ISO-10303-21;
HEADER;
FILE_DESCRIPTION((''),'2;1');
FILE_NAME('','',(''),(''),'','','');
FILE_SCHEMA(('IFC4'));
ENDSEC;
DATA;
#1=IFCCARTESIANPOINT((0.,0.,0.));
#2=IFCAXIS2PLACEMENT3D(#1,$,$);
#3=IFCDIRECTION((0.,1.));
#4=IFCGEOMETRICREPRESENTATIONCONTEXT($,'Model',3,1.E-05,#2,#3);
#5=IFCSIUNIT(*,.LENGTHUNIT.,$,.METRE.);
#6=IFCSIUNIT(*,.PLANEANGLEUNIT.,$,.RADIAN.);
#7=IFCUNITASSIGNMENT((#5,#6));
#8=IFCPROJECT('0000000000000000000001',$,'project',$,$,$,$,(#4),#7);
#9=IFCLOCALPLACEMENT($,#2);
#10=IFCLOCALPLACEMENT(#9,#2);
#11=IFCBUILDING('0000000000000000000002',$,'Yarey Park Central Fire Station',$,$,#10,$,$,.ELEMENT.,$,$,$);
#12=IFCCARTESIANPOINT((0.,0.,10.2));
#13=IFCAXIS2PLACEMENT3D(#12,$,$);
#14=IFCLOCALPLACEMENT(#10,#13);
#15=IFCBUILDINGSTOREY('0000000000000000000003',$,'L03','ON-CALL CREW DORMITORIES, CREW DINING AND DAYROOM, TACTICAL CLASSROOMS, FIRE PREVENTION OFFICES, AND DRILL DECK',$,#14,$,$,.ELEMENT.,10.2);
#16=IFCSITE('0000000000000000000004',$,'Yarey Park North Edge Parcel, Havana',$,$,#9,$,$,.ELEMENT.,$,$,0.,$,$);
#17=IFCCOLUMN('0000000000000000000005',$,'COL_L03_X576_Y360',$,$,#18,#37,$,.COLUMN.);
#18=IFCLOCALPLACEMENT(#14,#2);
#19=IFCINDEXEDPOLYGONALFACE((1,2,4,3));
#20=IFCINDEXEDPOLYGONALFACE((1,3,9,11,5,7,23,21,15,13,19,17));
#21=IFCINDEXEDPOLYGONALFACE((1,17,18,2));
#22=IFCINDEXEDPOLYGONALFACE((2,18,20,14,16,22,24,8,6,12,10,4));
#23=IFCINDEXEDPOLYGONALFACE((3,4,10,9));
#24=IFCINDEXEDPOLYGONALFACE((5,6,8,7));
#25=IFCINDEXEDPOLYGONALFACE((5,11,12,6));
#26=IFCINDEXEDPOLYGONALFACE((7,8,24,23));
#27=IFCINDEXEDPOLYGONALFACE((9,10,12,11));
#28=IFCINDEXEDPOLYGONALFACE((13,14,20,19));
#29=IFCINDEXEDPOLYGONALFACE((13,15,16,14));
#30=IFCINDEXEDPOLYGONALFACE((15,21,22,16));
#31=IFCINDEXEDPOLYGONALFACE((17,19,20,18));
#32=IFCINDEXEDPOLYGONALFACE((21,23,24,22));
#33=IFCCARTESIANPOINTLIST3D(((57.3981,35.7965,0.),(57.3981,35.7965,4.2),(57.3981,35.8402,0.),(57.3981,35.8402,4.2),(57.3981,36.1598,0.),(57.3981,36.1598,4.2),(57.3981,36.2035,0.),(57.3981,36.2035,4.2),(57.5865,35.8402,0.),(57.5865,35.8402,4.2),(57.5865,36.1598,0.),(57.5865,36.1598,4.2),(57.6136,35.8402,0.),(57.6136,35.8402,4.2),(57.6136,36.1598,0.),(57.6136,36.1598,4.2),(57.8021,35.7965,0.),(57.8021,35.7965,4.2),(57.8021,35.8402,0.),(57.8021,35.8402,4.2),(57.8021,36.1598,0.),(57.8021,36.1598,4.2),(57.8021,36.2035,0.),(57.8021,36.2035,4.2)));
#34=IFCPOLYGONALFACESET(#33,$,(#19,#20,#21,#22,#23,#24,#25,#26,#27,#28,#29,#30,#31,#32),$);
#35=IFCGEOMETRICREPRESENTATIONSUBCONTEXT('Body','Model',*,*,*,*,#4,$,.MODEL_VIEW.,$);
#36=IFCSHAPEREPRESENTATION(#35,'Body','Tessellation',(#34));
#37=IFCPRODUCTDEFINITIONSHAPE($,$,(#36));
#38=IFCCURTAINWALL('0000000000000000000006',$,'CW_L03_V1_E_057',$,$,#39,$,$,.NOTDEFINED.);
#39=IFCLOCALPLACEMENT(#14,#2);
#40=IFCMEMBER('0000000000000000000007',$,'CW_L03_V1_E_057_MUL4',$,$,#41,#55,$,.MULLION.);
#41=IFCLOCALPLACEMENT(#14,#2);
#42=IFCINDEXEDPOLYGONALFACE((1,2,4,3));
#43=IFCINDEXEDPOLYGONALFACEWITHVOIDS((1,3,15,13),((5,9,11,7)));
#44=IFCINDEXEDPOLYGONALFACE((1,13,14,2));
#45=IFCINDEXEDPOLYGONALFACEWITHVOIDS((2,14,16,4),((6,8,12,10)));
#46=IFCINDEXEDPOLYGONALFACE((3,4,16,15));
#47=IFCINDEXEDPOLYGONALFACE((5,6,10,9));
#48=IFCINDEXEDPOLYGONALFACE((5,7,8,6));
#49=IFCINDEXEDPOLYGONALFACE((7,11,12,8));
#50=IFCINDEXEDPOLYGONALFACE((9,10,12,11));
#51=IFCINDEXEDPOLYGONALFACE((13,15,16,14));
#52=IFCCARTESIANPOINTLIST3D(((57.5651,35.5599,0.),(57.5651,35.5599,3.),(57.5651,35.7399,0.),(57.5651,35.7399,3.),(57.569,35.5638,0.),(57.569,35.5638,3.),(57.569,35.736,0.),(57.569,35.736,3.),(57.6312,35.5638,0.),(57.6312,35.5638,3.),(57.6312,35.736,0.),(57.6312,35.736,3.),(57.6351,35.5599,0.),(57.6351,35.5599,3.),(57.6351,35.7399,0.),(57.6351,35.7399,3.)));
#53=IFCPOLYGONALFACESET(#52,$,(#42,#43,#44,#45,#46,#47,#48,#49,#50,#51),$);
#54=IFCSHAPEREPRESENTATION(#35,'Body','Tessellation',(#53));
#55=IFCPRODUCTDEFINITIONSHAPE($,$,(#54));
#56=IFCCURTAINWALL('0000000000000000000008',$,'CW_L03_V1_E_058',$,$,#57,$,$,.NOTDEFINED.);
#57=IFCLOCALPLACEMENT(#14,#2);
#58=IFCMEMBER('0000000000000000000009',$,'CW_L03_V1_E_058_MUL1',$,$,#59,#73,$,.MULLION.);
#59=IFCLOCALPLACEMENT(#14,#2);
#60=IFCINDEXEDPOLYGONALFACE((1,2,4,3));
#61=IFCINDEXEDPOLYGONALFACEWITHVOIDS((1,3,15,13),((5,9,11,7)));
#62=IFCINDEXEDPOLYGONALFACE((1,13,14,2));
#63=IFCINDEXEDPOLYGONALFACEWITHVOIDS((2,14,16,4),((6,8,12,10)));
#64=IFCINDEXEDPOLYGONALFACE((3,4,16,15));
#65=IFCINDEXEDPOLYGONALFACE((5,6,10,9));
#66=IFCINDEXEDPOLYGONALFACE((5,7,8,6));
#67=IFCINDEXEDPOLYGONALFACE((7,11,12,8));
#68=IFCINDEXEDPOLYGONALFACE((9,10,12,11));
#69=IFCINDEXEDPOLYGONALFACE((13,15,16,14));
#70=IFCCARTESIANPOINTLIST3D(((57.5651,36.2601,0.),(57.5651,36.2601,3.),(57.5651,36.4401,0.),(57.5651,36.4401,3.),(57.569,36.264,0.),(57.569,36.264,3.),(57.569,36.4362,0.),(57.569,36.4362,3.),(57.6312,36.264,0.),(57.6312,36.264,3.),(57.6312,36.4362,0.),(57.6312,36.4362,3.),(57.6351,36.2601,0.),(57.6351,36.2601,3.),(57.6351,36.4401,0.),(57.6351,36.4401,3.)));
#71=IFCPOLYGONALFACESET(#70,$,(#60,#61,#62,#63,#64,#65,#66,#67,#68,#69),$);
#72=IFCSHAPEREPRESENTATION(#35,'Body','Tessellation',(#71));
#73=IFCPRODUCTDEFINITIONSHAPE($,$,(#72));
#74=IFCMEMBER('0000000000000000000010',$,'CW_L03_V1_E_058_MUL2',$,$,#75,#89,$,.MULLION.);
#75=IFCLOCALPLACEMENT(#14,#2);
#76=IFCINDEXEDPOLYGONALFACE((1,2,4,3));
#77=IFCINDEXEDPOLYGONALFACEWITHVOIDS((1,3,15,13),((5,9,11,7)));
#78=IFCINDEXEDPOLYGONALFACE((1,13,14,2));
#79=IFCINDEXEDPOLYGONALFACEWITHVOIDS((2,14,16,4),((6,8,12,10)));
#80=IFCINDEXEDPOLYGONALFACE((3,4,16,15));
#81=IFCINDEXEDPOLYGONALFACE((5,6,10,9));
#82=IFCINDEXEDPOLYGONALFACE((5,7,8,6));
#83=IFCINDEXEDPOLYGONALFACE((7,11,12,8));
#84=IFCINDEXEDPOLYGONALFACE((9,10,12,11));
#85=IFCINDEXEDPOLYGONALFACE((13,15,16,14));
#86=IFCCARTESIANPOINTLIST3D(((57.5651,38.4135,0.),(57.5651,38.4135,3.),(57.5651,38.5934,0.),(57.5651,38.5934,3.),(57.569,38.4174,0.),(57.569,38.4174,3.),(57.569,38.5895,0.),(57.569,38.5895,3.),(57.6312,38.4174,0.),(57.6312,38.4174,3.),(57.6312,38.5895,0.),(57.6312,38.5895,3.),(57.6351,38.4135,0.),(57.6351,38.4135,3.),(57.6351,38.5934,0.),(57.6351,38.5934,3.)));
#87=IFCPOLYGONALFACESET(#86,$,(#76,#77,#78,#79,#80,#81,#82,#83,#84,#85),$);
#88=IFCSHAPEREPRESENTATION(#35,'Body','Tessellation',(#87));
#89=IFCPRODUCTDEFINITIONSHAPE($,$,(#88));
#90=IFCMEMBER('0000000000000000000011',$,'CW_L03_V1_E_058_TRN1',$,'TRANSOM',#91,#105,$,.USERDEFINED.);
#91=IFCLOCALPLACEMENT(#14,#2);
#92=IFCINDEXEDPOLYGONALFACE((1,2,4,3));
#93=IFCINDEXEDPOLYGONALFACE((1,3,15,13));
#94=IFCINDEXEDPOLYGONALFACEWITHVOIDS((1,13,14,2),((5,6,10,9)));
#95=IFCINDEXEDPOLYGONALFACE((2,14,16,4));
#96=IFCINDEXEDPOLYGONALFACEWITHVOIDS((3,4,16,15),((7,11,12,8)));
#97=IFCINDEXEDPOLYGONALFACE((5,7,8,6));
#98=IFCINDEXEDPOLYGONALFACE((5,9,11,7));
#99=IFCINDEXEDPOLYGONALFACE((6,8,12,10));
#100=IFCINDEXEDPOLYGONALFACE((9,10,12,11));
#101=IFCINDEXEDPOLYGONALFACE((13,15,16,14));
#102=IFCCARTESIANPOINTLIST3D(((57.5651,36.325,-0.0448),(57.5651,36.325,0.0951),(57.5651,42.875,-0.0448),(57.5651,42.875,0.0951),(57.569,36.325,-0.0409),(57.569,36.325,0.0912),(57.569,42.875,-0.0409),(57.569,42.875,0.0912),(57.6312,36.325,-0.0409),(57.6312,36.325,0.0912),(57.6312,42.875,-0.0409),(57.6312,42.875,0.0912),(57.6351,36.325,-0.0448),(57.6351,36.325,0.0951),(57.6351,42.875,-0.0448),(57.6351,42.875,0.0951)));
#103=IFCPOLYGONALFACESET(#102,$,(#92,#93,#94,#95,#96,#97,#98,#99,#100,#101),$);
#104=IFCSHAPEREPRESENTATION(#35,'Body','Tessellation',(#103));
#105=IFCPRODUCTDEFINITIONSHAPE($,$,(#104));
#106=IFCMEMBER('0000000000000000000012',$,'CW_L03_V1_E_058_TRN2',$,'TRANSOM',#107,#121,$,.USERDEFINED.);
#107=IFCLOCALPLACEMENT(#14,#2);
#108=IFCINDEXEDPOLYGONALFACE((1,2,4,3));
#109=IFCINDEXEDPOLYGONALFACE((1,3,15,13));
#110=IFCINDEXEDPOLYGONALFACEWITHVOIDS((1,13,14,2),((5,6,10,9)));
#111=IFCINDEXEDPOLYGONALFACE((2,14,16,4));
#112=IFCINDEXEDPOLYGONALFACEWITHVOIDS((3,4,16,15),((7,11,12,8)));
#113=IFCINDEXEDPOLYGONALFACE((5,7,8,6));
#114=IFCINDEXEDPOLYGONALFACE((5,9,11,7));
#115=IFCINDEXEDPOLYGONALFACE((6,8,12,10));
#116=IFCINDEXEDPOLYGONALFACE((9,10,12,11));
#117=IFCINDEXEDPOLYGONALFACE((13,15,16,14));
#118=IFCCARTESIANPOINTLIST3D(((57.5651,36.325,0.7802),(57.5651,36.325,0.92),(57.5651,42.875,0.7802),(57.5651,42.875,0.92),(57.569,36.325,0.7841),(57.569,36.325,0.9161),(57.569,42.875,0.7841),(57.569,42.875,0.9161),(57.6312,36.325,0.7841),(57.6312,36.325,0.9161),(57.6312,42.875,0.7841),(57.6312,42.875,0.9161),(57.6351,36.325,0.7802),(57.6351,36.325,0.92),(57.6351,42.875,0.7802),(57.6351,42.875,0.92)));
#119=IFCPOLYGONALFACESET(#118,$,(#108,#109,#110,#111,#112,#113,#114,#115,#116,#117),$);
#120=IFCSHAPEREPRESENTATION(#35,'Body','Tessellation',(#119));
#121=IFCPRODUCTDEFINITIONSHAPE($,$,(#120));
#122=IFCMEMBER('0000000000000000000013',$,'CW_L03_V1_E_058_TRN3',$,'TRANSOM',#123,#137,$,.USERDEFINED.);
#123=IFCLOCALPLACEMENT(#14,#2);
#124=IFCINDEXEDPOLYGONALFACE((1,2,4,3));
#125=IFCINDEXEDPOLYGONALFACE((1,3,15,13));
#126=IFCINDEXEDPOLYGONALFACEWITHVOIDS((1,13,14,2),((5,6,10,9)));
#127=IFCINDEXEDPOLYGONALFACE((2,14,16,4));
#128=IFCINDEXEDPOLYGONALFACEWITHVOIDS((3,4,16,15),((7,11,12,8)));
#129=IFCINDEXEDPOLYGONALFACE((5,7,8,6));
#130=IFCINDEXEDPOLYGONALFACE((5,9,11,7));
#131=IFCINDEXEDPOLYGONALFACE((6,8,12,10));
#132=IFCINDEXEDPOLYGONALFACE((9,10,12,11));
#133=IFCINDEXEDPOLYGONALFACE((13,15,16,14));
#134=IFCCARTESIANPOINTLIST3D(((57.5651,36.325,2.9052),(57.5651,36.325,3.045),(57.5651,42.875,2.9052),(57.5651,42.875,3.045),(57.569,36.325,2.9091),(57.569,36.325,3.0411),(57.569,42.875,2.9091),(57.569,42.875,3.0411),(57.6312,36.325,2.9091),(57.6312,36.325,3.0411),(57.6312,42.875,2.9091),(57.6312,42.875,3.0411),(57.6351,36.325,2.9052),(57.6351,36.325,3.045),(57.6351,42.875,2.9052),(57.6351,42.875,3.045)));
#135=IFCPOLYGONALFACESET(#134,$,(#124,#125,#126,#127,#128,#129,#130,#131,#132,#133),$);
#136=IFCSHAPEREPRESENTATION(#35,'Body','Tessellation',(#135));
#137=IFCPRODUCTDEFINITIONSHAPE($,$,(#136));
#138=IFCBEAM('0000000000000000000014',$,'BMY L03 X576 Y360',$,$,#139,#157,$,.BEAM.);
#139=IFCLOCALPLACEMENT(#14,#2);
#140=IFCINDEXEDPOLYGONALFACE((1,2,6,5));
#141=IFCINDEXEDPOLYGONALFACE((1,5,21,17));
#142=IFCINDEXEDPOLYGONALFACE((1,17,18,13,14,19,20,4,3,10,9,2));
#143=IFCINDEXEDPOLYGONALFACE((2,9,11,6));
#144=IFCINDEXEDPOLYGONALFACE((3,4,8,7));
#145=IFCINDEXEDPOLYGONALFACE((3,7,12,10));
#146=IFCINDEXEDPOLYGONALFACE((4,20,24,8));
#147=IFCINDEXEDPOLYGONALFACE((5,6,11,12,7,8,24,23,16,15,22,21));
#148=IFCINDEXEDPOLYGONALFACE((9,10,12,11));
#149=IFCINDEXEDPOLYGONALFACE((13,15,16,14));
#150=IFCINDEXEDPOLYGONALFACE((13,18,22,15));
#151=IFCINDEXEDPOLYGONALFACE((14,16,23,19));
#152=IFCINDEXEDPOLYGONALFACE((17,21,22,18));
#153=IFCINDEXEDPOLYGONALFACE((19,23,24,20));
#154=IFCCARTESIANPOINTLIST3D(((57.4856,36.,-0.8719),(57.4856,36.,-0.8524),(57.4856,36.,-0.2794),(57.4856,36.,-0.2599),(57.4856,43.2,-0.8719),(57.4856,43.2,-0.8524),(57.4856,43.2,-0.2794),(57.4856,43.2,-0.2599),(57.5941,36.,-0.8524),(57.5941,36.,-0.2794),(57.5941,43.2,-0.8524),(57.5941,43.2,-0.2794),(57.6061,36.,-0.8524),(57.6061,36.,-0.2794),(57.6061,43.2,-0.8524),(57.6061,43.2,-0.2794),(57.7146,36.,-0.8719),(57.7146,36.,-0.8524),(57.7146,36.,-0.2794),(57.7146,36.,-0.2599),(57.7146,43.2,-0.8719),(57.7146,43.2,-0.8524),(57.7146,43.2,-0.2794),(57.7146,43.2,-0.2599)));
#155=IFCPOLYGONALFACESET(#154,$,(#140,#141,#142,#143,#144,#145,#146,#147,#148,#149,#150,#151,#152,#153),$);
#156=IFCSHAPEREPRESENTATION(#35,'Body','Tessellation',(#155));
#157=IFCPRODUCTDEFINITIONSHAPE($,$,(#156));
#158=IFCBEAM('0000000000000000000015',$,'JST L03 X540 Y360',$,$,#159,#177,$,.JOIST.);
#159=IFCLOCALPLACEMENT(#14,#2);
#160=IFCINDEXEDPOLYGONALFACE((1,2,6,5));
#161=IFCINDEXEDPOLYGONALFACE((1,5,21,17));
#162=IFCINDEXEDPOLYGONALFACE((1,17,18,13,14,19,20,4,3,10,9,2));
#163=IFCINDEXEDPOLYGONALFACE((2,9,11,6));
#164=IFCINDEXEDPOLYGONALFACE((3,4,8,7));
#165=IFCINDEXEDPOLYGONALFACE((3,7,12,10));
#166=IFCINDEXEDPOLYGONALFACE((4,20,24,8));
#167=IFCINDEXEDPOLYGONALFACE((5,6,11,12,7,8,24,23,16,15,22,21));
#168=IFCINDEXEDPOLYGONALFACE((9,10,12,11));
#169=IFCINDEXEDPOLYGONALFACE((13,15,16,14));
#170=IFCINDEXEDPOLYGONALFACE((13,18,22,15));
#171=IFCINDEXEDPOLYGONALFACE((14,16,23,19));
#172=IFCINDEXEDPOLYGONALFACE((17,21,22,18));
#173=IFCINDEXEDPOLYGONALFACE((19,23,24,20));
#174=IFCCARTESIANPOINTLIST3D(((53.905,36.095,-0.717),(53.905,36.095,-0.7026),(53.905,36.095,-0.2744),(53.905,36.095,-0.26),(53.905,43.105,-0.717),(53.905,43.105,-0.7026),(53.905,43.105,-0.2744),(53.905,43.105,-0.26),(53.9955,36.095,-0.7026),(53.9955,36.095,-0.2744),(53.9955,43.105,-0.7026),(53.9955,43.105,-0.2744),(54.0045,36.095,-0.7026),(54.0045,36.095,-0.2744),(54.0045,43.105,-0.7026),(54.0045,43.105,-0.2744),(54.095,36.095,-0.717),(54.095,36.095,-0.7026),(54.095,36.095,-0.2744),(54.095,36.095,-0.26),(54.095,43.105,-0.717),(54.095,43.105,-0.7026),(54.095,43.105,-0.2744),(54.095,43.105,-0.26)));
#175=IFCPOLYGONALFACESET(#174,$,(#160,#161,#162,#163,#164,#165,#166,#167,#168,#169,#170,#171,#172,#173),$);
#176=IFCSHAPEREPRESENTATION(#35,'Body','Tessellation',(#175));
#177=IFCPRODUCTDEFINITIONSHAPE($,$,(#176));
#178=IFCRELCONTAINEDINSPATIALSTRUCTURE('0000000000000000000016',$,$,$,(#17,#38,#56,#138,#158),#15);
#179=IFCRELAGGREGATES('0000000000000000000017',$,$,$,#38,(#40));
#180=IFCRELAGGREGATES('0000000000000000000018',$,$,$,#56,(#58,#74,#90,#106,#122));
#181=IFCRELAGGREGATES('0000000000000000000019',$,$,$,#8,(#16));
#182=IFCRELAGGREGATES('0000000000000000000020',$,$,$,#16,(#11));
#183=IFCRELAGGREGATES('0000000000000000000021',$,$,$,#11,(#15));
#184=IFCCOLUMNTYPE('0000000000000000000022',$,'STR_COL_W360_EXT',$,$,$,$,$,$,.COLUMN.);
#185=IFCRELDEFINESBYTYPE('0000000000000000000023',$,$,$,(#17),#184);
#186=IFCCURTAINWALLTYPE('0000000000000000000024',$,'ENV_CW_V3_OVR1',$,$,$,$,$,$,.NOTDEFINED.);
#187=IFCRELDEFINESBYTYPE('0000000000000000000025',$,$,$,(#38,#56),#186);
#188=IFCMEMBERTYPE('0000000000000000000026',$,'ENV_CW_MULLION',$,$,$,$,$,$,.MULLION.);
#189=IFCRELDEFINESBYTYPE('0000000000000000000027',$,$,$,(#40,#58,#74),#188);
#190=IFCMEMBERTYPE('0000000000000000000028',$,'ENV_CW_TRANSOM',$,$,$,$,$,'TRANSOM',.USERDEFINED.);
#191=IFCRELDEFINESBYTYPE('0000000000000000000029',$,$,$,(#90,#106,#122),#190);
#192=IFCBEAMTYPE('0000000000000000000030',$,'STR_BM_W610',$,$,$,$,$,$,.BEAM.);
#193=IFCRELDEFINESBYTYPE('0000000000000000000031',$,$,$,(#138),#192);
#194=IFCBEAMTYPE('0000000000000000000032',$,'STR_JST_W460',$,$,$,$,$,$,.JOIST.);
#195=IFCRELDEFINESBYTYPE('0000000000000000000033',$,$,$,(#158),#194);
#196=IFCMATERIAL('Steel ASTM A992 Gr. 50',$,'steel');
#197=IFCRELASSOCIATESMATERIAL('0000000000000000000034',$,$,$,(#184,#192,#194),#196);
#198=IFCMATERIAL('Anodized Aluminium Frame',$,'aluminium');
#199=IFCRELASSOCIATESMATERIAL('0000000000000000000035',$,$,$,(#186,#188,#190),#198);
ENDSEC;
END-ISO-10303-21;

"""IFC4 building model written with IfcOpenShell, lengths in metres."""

from ifc_helpers import new_model, si_unit, direction, frame, origin, origin_2d, place, context, subcontext, project, spatial, hollow_rectangle, i_section, extrude, material, material_profile, profile_set, type_object, element, aggregate, save


model = new_model("IFC4")

# Units and contexts
model_context = context("Model", 3, precision=1e-05, world=origin(), true_north=direction((0.0, 1.0)))
body_context = subcontext(model_context, "Body", "Model", "MODEL_VIEW")
ifc_project = project(units=[si_unit("LENGTHUNIT", "METRE"), si_unit("PLANEANGLEUNIT", "RADIAN")], contexts=[model_context])

# Site, building, storey
site_placement = place(None, origin())
site = spatial("IfcSite", under=ifc_project, at=site_placement, Name="Yarey Park North Edge Parcel, Havana", CompositionType="ELEMENT", RefElevation=0.0)
building_placement = place(site_placement, origin())
building = spatial("IfcBuilding", under=site, at=building_placement, Name="Yarey Park Central Fire Station", CompositionType="ELEMENT")
storey_placement = place(building_placement, frame((0.0, 0.0, 10.2)))
storey = spatial("IfcBuildingStorey", under=building, at=storey_placement, Name="L03", Description="ON-CALL CREW DORMITORIES, CREW DINING AND DAYROOM, TACTICAL CLASSROOMS, FIRE PREVENTION OFFICES, AND DRILL DECK", CompositionType="ELEMENT", Elevation=10.2)

# Column
ifc_material_1 = material(Name="Steel ASTM A992 Gr. 50", Category="steel")
ifc_material_profile_1 = material_profile(ifc_material_1, i_section(OverallWidth=0.4041, OverallDepth=0.407, WebThickness=0.0271, FlangeThickness=0.0437, at=origin_2d()), Name="W360x347")
ifc_profile_set_1 = profile_set([ifc_material_profile_1], Name="Steel ASTM A992 Gr. 50")
column_type = type_object("IfcColumnType", Name="STR_COL_W360_EXT", PredefinedType="COLUMN", material=ifc_profile_set_1)
column_placement = place(storey_placement, frame((57.6001, 36.0, 0.0), z_axis=(0.0, 0.0, 1.0), x_axis=(1.0, 0.0, 0.0)))
element("IfcColumn", 1, at=column_placement, inside=storey, type_object=column_type, Name="COL_L03_X576_Y360", PredefinedType="COLUMN", context=body_context, shape_type="SweptSolid", body=[
    extrude(i_section(OverallWidth=0.4041, OverallDepth=0.407, WebThickness=0.0271, FlangeThickness=0.0437, at=origin_2d()), origin(), (0.0, 0.0, 1.0), 4.2),
])

# Curtain wall, member
ifc_material_2 = material(Name="Anodized Aluminium Frame", Category="aluminium")
curtain_wall_type = type_object("IfcCurtainWallType", Name="ENV_CW_V3_OVR1", PredefinedType="NOTDEFINED", material=ifc_material_2)
curtain_wall_1_placement = place(storey_placement, origin())
curtain_wall_1 = element("IfcCurtainWall", 2, at=curtain_wall_1_placement, inside=storey, type_object=curtain_wall_type, Name="CW_L03_V1_E_057", PredefinedType="NOTDEFINED")
ifc_material_profile_2 = material_profile(ifc_material_2, hollow_rectangle(XDim=0.0701, YDim=0.1799, WallThickness=0.0039, at=origin_2d()), Name="ALU 180x70x4")
ifc_profile_set_2 = profile_set([ifc_material_profile_2], Name="Anodized Aluminium Frame")
member_type_1 = type_object("IfcMemberType", Name="ENV_CW_MULLION", PredefinedType="MULLION", material=ifc_profile_set_2)
member_1_placement = place(storey_placement, frame((57.6001, 35.6499, 0.0), z_axis=(0.0, 0.0, 1.0), x_axis=(1.0, 0.0, 0.0)))
member_1 = element("IfcMember", 3, at=member_1_placement, type_object=member_type_1, Name="CW_L03_V1_E_057_MUL4", PredefinedType="MULLION", context=body_context, shape_type="SweptSolid", body=[
    extrude(hollow_rectangle(XDim=0.0701, YDim=0.1799, WallThickness=0.0039, at=origin_2d()), origin(), (0.0, 0.0, 1.0), 3.0),
])
aggregate(curtain_wall_1, [member_1])

# Curtain wall, members
curtain_wall_2_placement = place(storey_placement, origin())
curtain_wall_2 = element("IfcCurtainWall", 4, at=curtain_wall_2_placement, inside=storey, type_object=curtain_wall_type, Name="CW_L03_V1_E_058", PredefinedType="NOTDEFINED")
member_2_placement = place(storey_placement, frame((57.6001, 36.3501, 0.0), z_axis=(0.0, 0.0, 1.0), x_axis=(1.0, 0.0, 0.0)))
member_2 = element("IfcMember", 5, at=member_2_placement, type_object=member_type_1, Name="CW_L03_V1_E_058_MUL1", PredefinedType="MULLION", context=body_context, shape_type="SweptSolid", body=[
    extrude(hollow_rectangle(XDim=0.0701, YDim=0.1799, WallThickness=0.0039, at=origin_2d()), origin(), (0.0, 0.0, 1.0), 3.0),
])
member_3_placement = place(storey_placement, frame((57.6001, 38.5034, 0.0), z_axis=(0.0, 0.0, 1.0), x_axis=(1.0, 0.0, 0.0)))
member_3 = element("IfcMember", 6, at=member_3_placement, type_object=member_type_1, Name="CW_L03_V1_E_058_MUL2", PredefinedType="MULLION", context=body_context, shape_type="SweptSolid", body=[
    extrude(hollow_rectangle(XDim=0.0701, YDim=0.1799, WallThickness=0.0039, at=origin_2d()), origin(), (0.0, 0.0, 1.0), 3.0),
])
ifc_material_profile_3 = material_profile(ifc_material_2, hollow_rectangle(XDim=0.0701, YDim=0.1399, WallThickness=0.0039, at=origin_2d()), Name="ALU 140x70x4")
ifc_profile_set_3 = profile_set([ifc_material_profile_3], Name="Anodized Aluminium Frame")
member_type_2 = type_object("IfcMemberType", Name="ENV_CW_TRANSOM", ElementType="TRANSOM", PredefinedType="USERDEFINED", material=ifc_profile_set_3)
member_4_placement = place(storey_placement, frame((57.6001, 36.325, 0.0251), z_axis=(0.0, 1.0, 0.0), x_axis=(-1.0, 0.0, 0.0)))
member_4 = element("IfcMember", 7, at=member_4_placement, type_object=member_type_2, Name="CW_L03_V1_E_058_TRN1", ObjectType="TRANSOM", PredefinedType="USERDEFINED", context=body_context, shape_type="SweptSolid", body=[
    extrude(hollow_rectangle(XDim=0.0701, YDim=0.1399, WallThickness=0.0039, at=origin_2d()), origin(), (0.0, 0.0, 1.0), 6.55),
])
member_5_placement = place(storey_placement, frame((57.6001, 36.325, 0.8501), z_axis=(0.0, 1.0, 0.0), x_axis=(-1.0, 0.0, 0.0)))
member_5 = element("IfcMember", 8, at=member_5_placement, type_object=member_type_2, Name="CW_L03_V1_E_058_TRN2", ObjectType="TRANSOM", PredefinedType="USERDEFINED", context=body_context, shape_type="SweptSolid", body=[
    extrude(hollow_rectangle(XDim=0.0701, YDim=0.1399, WallThickness=0.0039, at=origin_2d()), origin(), (0.0, 0.0, 1.0), 6.55),
])
member_6_placement = place(storey_placement, frame((57.6001, 36.325, 2.9751), z_axis=(0.0, 1.0, 0.0), x_axis=(-1.0, 0.0, 0.0)))
member_6 = element("IfcMember", 9, at=member_6_placement, type_object=member_type_2, Name="CW_L03_V1_E_058_TRN3", ObjectType="TRANSOM", PredefinedType="USERDEFINED", context=body_context, shape_type="SweptSolid", body=[
    extrude(hollow_rectangle(XDim=0.0701, YDim=0.1399, WallThickness=0.0039, at=origin_2d()), origin(), (0.0, 0.0, 1.0), 6.55),
])

# Beams
ifc_material_profile_4 = material_profile(ifc_material_1, i_section(OverallWidth=0.229, OverallDepth=0.6121, WebThickness=0.012, FlangeThickness=0.0195, at=origin_2d()), Name="W610x125")
ifc_profile_set_4 = profile_set([ifc_material_profile_4], Name="Steel ASTM A992 Gr. 50")
beam_type_1 = type_object("IfcBeamType", Name="STR_BM_W610", PredefinedType="BEAM", material=ifc_profile_set_4)
beam_1_placement = place(storey_placement, frame((57.6001, 36.0, -0.5659), z_axis=(0.0, 1.0, 0.0), x_axis=(-1.0, 0.0, 0.0)))
element("IfcBeam", 10, at=beam_1_placement, inside=storey, type_object=beam_type_1, Name="BMY L03 X576 Y360", PredefinedType="BEAM", context=body_context, shape_type="SweptSolid", body=[
    extrude(i_section(OverallWidth=0.229, OverallDepth=0.6121, WebThickness=0.012, FlangeThickness=0.0195, at=origin_2d()), origin(), (0.0, 0.0, 1.0), 7.2),
])
ifc_material_profile_5 = material_profile(ifc_material_1, i_section(OverallWidth=0.1899, OverallDepth=0.457, WebThickness=0.009, FlangeThickness=0.0144, at=origin_2d()), Name="W460x74")
ifc_profile_set_5 = profile_set([ifc_material_profile_5], Name="Steel ASTM A992 Gr. 50")
beam_type_2 = type_object("IfcBeamType", Name="STR_JST_W460", PredefinedType="JOIST", material=ifc_profile_set_5)
beam_2_placement = place(storey_placement, frame((54.0, 36.095, -0.4885), z_axis=(0.0, 1.0, 0.0), x_axis=(-1.0, 0.0, 0.0)))
element("IfcBeam", 11, at=beam_2_placement, inside=storey, type_object=beam_type_2, Name="JST L03 X540 Y360", PredefinedType="JOIST", context=body_context, shape_type="SweptSolid", body=[
    extrude(i_section(OverallWidth=0.1899, OverallDepth=0.457, WebThickness=0.009, FlangeThickness=0.0144, at=origin_2d()), origin(), (0.0, 0.0, 1.0), 7.01),
])

aggregate(curtain_wall_2, [member_2, member_3, member_4, member_5, member_6])

save(model, "model.ifc")
